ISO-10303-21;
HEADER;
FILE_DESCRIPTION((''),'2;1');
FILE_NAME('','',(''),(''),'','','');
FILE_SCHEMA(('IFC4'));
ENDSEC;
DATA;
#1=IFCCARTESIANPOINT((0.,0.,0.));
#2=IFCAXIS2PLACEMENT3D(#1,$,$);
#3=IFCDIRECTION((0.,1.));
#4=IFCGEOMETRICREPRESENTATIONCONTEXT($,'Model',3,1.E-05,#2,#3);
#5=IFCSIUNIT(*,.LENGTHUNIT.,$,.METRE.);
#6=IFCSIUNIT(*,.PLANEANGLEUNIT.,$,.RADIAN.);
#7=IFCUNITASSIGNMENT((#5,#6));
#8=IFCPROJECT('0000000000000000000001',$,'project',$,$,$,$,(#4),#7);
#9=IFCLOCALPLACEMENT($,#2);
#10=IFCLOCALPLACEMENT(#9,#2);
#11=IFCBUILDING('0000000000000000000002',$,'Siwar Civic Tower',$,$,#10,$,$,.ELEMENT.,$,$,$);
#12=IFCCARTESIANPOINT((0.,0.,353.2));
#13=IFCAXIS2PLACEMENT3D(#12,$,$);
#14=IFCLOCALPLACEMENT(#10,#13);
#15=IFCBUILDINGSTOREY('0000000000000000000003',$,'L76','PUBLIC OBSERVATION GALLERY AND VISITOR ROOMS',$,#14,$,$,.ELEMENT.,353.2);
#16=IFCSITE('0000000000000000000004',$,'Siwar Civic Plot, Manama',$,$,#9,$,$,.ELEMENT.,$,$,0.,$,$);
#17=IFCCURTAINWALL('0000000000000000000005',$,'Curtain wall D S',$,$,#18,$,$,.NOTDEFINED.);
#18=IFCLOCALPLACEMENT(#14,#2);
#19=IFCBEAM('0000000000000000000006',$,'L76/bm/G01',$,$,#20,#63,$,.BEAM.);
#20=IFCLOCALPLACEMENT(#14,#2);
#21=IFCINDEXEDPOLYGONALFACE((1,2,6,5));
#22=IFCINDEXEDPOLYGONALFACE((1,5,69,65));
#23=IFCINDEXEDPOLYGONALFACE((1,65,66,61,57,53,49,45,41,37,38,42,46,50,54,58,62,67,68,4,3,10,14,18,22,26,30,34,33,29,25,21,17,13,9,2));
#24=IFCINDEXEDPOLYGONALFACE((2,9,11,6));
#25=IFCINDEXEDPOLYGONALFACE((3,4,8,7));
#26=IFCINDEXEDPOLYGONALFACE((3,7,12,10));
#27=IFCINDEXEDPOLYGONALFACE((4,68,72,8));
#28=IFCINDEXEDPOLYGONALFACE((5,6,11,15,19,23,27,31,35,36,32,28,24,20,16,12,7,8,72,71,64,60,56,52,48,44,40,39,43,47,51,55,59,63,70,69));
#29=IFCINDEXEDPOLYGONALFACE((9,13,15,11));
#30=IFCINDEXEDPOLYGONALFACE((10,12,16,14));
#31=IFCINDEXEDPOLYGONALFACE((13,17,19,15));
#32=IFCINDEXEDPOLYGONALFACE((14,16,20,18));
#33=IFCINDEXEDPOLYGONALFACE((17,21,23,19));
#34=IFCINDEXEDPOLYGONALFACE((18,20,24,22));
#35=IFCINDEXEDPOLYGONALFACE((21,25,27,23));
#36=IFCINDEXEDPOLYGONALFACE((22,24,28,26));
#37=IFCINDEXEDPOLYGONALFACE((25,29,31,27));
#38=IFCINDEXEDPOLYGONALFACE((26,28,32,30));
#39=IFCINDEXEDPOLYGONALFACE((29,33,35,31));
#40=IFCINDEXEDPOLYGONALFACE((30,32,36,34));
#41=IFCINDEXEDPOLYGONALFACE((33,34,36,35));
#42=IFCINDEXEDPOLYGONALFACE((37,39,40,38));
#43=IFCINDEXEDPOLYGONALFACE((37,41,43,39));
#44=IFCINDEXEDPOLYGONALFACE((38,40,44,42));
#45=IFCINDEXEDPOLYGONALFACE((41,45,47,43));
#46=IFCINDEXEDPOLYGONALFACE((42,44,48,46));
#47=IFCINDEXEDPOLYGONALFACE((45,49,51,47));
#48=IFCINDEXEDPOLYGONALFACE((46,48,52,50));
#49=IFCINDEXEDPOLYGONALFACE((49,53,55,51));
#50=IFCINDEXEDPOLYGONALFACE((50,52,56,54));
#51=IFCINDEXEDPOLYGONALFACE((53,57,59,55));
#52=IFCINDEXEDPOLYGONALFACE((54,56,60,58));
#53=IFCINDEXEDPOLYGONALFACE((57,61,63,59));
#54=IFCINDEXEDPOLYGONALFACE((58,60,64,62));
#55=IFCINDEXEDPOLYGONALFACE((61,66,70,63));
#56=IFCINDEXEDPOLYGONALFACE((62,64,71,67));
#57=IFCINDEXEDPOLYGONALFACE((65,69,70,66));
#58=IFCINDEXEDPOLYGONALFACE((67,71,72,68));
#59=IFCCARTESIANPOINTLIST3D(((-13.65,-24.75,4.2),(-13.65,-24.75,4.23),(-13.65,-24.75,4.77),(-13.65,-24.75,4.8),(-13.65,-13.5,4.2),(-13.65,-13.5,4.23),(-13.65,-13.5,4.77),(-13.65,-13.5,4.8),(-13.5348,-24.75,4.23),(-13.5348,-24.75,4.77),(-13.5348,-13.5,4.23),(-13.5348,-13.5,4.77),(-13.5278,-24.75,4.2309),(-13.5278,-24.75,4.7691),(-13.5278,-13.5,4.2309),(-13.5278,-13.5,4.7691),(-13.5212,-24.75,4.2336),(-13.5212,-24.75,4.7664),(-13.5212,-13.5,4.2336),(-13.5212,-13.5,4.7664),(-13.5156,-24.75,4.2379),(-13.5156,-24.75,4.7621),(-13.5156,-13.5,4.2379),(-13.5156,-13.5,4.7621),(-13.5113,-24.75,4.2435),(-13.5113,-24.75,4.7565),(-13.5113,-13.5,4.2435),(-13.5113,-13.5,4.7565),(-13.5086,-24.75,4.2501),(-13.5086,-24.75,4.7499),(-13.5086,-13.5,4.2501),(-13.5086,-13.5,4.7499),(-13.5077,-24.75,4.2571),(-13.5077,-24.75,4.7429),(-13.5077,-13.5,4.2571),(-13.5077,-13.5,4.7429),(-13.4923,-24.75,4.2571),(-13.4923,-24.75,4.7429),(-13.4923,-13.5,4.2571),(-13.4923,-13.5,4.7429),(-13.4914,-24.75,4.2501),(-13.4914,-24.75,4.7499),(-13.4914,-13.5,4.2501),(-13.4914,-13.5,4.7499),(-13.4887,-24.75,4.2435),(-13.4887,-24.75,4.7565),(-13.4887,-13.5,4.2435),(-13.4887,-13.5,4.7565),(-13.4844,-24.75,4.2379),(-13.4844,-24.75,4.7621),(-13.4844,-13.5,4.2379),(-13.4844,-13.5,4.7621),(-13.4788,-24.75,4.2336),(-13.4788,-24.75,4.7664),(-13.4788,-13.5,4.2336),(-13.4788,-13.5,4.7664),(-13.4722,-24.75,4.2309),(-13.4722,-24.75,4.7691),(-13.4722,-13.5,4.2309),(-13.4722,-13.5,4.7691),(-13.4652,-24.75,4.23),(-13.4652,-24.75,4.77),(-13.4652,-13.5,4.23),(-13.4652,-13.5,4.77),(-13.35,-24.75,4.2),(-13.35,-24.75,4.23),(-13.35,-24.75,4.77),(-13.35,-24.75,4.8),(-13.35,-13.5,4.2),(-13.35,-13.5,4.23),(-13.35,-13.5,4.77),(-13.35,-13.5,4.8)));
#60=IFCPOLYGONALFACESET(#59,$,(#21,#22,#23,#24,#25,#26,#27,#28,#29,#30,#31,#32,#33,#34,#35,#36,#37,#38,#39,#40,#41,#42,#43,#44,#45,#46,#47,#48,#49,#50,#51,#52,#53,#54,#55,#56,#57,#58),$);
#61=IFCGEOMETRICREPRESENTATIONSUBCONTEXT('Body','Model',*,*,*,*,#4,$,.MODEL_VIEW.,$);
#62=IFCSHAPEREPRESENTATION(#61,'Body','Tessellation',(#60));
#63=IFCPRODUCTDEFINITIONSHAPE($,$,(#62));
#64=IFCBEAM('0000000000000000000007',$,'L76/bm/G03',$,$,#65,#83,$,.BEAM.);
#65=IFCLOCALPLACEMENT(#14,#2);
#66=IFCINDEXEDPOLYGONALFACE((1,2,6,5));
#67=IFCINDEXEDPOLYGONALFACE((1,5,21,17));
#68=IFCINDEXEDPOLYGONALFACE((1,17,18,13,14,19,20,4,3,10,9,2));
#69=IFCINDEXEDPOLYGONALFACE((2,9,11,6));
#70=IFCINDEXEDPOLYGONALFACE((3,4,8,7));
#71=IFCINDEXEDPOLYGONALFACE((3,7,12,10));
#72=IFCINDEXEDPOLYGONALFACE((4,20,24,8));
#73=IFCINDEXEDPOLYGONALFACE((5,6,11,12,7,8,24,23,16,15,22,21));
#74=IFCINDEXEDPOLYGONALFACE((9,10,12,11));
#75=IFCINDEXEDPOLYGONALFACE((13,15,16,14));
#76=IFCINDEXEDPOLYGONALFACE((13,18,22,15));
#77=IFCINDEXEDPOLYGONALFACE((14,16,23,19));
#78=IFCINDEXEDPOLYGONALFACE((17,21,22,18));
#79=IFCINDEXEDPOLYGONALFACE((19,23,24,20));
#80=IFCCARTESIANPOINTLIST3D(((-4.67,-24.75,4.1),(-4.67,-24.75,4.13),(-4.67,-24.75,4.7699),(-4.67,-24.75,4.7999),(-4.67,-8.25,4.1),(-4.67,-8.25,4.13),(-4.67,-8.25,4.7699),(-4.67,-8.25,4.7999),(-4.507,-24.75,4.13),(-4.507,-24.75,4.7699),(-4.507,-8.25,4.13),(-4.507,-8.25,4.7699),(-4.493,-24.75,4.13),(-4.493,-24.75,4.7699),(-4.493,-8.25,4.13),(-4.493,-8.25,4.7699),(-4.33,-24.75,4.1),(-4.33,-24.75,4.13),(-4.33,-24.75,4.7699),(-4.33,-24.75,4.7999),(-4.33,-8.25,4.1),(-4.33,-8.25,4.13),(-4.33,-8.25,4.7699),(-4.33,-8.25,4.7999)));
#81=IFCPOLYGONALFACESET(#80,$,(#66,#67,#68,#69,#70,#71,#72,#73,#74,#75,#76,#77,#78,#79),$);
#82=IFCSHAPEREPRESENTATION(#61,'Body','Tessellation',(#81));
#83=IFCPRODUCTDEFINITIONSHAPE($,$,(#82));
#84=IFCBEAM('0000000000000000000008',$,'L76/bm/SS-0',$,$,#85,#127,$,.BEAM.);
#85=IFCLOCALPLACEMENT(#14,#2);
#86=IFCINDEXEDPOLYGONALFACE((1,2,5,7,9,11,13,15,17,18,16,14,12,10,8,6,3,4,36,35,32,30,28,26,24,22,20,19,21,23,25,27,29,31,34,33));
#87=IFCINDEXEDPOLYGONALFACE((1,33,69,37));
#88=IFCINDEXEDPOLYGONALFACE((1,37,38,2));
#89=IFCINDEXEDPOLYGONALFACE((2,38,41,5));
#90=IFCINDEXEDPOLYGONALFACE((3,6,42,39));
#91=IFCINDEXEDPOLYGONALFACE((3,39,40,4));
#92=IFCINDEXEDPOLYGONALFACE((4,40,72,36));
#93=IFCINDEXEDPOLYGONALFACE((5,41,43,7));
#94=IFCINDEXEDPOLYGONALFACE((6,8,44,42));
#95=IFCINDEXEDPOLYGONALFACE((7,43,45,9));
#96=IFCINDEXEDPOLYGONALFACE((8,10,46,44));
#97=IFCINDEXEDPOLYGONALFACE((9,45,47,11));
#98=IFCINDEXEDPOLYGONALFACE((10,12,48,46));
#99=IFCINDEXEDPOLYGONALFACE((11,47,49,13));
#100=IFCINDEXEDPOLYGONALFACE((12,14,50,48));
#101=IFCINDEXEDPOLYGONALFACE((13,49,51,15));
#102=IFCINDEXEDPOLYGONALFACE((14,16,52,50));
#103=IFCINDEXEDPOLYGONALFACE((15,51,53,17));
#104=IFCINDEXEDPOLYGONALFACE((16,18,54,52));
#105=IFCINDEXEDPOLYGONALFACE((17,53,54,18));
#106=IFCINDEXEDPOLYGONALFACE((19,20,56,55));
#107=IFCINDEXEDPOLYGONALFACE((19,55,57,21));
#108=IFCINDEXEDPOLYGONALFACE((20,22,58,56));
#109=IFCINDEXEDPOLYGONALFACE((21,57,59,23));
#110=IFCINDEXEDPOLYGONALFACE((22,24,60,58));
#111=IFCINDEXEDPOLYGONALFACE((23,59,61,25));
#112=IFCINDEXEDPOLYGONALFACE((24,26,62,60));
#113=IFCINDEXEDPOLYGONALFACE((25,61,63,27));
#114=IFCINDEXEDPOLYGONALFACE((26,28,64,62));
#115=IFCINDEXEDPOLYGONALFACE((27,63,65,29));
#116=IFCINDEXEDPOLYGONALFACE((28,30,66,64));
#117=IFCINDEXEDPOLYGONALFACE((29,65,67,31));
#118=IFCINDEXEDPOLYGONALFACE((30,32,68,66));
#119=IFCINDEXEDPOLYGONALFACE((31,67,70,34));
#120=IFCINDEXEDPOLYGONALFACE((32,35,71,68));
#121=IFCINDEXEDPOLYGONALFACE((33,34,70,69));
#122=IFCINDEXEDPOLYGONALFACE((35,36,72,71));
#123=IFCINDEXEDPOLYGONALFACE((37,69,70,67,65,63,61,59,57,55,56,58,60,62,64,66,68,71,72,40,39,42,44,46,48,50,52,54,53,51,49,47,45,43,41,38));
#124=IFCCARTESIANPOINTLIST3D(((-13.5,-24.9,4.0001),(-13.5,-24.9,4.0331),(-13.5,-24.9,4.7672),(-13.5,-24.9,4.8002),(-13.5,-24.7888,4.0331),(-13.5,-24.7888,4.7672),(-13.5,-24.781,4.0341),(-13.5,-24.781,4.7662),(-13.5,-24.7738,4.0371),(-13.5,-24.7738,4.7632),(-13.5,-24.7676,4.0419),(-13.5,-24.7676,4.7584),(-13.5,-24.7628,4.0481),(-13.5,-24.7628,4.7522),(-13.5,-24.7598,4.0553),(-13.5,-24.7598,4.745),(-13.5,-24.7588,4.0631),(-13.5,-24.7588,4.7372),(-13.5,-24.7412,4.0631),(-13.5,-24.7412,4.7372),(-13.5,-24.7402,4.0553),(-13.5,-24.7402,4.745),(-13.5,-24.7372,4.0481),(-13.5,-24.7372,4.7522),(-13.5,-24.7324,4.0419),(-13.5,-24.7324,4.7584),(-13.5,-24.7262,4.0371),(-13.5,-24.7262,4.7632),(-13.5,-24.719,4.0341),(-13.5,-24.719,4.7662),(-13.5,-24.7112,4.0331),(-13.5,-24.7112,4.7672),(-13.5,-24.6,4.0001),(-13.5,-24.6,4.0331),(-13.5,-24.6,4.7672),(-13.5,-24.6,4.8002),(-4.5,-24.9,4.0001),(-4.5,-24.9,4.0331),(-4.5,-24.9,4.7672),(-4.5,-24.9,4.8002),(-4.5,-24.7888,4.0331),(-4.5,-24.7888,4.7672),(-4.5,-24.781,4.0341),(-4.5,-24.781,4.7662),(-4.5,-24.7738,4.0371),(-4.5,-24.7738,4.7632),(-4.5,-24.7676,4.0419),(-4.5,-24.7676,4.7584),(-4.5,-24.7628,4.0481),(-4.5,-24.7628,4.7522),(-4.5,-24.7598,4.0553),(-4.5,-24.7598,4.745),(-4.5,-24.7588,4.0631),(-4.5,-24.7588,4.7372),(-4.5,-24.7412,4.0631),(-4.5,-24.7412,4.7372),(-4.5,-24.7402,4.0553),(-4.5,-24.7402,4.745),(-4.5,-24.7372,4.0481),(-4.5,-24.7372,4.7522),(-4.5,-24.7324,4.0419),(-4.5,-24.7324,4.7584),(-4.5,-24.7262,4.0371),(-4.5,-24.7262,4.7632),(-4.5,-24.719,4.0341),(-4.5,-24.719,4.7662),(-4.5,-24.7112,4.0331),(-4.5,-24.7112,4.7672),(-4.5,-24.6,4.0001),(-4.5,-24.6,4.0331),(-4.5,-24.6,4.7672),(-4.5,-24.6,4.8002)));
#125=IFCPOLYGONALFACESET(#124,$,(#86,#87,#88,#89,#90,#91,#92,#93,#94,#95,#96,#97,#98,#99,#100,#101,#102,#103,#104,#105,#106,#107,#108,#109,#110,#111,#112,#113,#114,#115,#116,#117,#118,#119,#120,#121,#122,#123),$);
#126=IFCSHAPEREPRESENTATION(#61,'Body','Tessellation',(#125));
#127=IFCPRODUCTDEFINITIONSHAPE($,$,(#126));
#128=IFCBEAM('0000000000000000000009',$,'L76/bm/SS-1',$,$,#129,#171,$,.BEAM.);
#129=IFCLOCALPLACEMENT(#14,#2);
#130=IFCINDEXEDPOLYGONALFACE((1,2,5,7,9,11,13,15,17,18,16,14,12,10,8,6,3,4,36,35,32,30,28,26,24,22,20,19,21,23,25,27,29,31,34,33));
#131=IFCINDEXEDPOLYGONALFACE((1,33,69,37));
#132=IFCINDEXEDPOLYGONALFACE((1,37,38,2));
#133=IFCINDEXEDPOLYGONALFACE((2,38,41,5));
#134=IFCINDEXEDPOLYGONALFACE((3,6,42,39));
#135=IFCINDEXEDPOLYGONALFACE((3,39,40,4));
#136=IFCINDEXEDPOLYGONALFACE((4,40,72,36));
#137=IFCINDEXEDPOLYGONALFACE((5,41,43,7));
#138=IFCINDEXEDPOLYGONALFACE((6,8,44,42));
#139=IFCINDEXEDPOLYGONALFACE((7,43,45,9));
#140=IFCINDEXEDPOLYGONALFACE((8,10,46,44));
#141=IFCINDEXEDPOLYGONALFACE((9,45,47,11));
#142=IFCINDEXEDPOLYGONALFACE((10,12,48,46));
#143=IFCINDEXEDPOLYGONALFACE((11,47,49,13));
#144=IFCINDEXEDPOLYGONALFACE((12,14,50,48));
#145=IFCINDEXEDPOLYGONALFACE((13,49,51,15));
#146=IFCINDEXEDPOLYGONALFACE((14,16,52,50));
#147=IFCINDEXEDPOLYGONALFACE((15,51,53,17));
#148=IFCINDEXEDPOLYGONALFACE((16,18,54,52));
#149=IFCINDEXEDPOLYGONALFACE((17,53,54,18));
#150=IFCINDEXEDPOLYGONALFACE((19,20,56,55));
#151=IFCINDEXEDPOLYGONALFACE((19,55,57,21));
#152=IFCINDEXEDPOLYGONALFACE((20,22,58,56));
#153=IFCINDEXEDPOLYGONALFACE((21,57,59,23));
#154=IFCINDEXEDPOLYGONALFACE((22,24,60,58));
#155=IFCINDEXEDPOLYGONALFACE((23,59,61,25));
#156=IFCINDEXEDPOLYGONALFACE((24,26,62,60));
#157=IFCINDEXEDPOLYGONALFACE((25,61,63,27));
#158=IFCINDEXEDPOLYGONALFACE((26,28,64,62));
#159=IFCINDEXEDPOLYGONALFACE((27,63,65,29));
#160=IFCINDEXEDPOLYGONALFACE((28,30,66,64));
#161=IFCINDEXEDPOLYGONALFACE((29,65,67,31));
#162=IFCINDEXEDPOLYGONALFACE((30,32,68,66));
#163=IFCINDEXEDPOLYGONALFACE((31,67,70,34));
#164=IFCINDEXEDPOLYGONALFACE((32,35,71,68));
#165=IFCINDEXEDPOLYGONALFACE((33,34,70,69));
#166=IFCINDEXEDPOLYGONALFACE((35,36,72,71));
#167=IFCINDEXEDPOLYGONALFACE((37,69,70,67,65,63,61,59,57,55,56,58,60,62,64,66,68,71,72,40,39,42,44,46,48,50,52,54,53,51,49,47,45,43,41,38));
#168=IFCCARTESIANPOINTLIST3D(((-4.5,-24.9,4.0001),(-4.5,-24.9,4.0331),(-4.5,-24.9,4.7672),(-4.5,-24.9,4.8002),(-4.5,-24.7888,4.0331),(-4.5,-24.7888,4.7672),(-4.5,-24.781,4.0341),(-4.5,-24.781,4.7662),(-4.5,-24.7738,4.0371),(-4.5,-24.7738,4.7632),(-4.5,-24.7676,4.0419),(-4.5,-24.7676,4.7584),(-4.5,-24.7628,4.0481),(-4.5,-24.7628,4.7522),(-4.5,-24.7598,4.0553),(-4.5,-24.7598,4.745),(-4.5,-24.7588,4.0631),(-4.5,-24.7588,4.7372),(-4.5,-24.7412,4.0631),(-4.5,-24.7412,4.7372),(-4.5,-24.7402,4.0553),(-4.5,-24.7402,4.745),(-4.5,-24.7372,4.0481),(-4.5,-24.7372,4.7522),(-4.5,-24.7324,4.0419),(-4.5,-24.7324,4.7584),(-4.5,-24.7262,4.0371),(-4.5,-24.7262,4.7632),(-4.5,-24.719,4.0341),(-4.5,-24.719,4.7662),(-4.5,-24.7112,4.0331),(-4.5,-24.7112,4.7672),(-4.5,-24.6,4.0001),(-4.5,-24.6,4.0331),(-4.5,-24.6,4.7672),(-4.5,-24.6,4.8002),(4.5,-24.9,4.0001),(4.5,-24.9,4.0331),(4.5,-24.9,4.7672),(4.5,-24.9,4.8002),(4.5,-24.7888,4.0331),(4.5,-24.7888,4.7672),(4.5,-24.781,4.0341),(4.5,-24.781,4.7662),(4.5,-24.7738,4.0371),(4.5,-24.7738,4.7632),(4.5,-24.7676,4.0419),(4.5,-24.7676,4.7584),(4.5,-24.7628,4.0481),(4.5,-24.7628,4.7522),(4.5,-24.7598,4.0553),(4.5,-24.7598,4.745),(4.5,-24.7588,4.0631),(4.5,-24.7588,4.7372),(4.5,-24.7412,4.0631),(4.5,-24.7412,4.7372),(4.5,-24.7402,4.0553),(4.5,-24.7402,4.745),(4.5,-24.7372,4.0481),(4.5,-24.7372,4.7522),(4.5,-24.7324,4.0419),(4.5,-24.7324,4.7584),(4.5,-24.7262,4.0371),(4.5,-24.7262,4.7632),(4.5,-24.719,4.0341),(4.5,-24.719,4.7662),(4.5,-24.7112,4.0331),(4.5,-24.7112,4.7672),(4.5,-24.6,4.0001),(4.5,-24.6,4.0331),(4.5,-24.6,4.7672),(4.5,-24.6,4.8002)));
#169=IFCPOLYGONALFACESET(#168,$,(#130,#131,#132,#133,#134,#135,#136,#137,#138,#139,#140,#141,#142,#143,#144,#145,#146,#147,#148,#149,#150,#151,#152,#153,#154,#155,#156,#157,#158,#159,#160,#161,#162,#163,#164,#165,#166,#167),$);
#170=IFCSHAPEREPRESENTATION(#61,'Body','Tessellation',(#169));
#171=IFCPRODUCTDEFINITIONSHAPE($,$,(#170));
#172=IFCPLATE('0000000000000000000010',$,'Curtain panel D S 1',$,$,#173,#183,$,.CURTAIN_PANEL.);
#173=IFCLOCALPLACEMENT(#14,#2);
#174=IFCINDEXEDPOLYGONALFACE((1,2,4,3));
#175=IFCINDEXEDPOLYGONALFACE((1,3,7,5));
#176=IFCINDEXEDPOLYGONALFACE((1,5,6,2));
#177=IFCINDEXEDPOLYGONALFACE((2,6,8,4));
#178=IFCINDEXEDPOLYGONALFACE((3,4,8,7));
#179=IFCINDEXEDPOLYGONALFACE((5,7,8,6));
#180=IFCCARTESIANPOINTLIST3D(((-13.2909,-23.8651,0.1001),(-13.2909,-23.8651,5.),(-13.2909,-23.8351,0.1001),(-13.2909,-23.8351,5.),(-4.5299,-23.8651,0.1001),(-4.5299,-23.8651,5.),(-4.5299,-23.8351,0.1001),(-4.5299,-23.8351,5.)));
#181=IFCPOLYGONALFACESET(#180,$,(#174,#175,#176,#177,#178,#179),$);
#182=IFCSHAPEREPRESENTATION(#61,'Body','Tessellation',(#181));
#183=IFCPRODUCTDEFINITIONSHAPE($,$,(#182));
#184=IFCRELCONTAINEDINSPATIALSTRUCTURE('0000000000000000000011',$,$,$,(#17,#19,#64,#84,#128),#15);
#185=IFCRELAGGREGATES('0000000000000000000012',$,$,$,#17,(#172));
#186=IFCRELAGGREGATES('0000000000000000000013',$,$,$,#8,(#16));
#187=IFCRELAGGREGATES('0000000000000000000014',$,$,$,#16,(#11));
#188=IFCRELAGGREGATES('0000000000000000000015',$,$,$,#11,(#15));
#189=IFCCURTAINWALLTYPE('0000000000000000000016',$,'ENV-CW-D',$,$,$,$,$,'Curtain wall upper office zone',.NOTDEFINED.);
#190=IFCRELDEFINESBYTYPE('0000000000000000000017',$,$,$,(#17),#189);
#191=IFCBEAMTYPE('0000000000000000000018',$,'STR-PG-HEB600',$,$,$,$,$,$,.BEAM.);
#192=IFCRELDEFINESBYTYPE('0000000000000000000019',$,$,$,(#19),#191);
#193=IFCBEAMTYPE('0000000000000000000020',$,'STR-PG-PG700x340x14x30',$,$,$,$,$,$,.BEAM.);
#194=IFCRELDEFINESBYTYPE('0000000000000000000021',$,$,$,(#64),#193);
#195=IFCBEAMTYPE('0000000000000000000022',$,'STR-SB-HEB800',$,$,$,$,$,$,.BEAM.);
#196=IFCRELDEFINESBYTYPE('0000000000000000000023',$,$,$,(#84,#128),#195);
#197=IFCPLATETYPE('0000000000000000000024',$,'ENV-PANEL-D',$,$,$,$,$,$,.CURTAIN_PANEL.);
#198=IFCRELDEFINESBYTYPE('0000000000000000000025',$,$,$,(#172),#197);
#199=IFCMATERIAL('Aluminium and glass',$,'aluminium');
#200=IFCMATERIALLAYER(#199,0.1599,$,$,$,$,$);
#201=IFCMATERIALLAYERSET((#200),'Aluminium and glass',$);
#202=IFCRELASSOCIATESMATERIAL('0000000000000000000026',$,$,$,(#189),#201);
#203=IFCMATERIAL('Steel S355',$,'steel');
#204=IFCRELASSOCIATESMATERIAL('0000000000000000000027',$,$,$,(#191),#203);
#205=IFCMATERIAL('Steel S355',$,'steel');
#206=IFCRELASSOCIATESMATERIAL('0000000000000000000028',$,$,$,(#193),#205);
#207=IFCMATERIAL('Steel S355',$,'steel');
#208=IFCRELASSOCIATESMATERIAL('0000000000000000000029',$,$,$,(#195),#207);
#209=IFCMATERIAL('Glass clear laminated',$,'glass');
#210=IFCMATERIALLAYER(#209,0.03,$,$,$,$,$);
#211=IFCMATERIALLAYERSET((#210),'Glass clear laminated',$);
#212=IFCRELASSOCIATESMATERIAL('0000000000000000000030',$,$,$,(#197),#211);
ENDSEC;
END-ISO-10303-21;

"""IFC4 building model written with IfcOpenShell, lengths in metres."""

from ifc_helpers import new_model, si_unit, direction, frame, origin, origin_2d, place, context, subcontext, project, spatial, rectangle, i_section, extrude, material, layer, layer_set, material_profile, profile_set, type_object, element, aggregate, save


model = new_model("IFC4")

# Units and contexts
model_context = context("Model", 3, precision=1e-05, world=origin(), true_north=direction((0.0, 1.0)))
body_context = subcontext(model_context, "Body", "Model", "MODEL_VIEW")
ifc_project = project(units=[si_unit("LENGTHUNIT", "METRE"), si_unit("PLANEANGLEUNIT", "RADIAN")], contexts=[model_context])

# Site, building, storey
site_placement = place(None, origin())
site = spatial("IfcSite", under=ifc_project, at=site_placement, Name="Siwar Civic Plot, Manama", CompositionType="ELEMENT", RefElevation=0.0)
building_placement = place(site_placement, origin())
building = spatial("IfcBuilding", under=site, at=building_placement, Name="Siwar Civic Tower", CompositionType="ELEMENT")
storey_placement = place(building_placement, frame((0.0, 0.0, 353.2)))
storey = spatial("IfcBuildingStorey", under=building, at=storey_placement, Name="L76", Description="PUBLIC OBSERVATION GALLERY AND VISITOR ROOMS", CompositionType="ELEMENT", Elevation=353.2)

# Curtain wall
ifc_material_1 = material(Name="Aluminium and glass", Category="aluminium")
ifc_layer_1 = layer(ifc_material_1, 0.1599)
ifc_layer_set_1 = layer_set([ifc_layer_1], Name="Aluminium and glass")
curtain_wall_type = type_object("IfcCurtainWallType", Name="ENV-CW-D", ElementType="Curtain wall upper office zone", PredefinedType="NOTDEFINED", material=ifc_layer_set_1)
curtain_wall_placement = place(storey_placement, origin())
curtain_wall = element("IfcCurtainWall", 1, at=curtain_wall_placement, inside=storey, type_object=curtain_wall_type, Name="Curtain wall D S", PredefinedType="NOTDEFINED")

# Beams
ifc_material_2 = material(Name="Steel S355", Category="steel")
ifc_material_profile_1 = material_profile(ifc_material_2, i_section(OverallWidth=0.3, OverallDepth=0.6001, WebThickness=0.0154, FlangeThickness=0.03, FilletRadius=0.0271, at=origin_2d()), Name="HEB600")
ifc_profile_set_1 = profile_set([ifc_material_profile_1], Name="Steel S355")
beam_type_1 = type_object("IfcBeamType", Name="STR-PG-HEB600", PredefinedType="BEAM", material=ifc_profile_set_1)
beam_1_placement = place(storey_placement, frame((-13.5, -24.75, 4.5), z_axis=(0.0, 1.0, 0.0), x_axis=(-1.0, 0.0, 0.0)))
element("IfcBeam", 2, at=beam_1_placement, inside=storey, type_object=beam_type_1, Name="L76/bm/G01", PredefinedType="BEAM", context=body_context, shape_type="SweptSolid", body=[
    extrude(i_section(OverallWidth=0.3, OverallDepth=0.6001, WebThickness=0.0154, FlangeThickness=0.03, FilletRadius=0.0271, at=origin_2d()), origin(), (0.0, 0.0, 1.0), 11.25),
])
ifc_material_3 = material(Name="Steel S355", Category="steel")
ifc_material_profile_2 = material_profile(ifc_material_3, i_section(OverallWidth=0.3401, OverallDepth=0.7, WebThickness=0.0139, FlangeThickness=0.03, at=origin_2d()), Name="PG700x340x14x30")
ifc_profile_set_2 = profile_set([ifc_material_profile_2], Name="Steel S355")
beam_type_2 = type_object("IfcBeamType", Name="STR-PG-PG700x340x14x30", PredefinedType="BEAM", material=ifc_profile_set_2)
beam_2_placement = place(storey_placement, frame((-4.5, -24.75, 4.45), z_axis=(0.0, 1.0, 0.0), x_axis=(-1.0, 0.0, 0.0)))
element("IfcBeam", 3, at=beam_2_placement, inside=storey, type_object=beam_type_2, Name="L76/bm/G03", PredefinedType="BEAM", context=body_context, shape_type="SweptSolid", body=[
    extrude(i_section(OverallWidth=0.3401, OverallDepth=0.7, WebThickness=0.0139, FlangeThickness=0.03, at=origin_2d()), origin(), (0.0, 0.0, 1.0), 16.5),
])
ifc_material_4 = material(Name="Steel S355", Category="steel")
ifc_material_profile_3 = material_profile(ifc_material_4, i_section(OverallWidth=0.3, OverallDepth=0.8, WebThickness=0.0176, FlangeThickness=0.033, FilletRadius=0.03, at=origin_2d()), Name="HEB800")
ifc_profile_set_3 = profile_set([ifc_material_profile_3], Name="Steel S355")
beam_type_3 = type_object("IfcBeamType", Name="STR-SB-HEB800", PredefinedType="BEAM", material=ifc_profile_set_3)
for number, where, z_axis, x_axis, name in (
    (4, (-13.5, -24.75, 4.4001), (1.0, 0.0, 0.0), (0.0, 1.0, 0.0), "L76/bm/SS-0"),
    (5, (-4.5, -24.75, 4.4001), (1.0, 0.0, 0.0), (0.0, 1.0, 0.0), "L76/bm/SS-1"),
):
    element("IfcBeam", number, at=place(storey_placement, frame(where, z_axis=z_axis, x_axis=x_axis)), inside=storey, type_object=beam_type_3, Name=name, PredefinedType="BEAM", context=body_context, shape_type="SweptSolid", body=[
        extrude(i_section(OverallWidth=0.3, OverallDepth=0.8, WebThickness=0.0176, FlangeThickness=0.033, FilletRadius=0.03, at=origin_2d()), origin(), (0.0, 0.0, 1.0), 9.0),
    ])

# Plate
ifc_material_5 = material(Name="Glass clear laminated", Category="glass")
ifc_layer_2 = layer(ifc_material_5, 0.03)
ifc_layer_set_2 = layer_set([ifc_layer_2], Name="Glass clear laminated")
plate_type = type_object("IfcPlateType", Name="ENV-PANEL-D", PredefinedType="CURTAIN_PANEL", material=ifc_layer_set_2)
plate_placement = place(storey_placement, frame((-8.9104, -23.8501, 0.1001), z_axis=(0.0, 0.0, 1.0), x_axis=(1.0, 0.0, 0.0)))
plate = element("IfcPlate", 6, at=plate_placement, type_object=plate_type, Name="Curtain panel D S 1", PredefinedType="CURTAIN_PANEL", context=body_context, shape_type="SweptSolid", body=[
    extrude(rectangle(XDim=8.761, YDim=0.03, at=origin_2d()), origin(), (0.0, 0.0, 1.0), 4.8999),
])
aggregate(curtain_wall, [plate])

save(model, "model.ifc")
